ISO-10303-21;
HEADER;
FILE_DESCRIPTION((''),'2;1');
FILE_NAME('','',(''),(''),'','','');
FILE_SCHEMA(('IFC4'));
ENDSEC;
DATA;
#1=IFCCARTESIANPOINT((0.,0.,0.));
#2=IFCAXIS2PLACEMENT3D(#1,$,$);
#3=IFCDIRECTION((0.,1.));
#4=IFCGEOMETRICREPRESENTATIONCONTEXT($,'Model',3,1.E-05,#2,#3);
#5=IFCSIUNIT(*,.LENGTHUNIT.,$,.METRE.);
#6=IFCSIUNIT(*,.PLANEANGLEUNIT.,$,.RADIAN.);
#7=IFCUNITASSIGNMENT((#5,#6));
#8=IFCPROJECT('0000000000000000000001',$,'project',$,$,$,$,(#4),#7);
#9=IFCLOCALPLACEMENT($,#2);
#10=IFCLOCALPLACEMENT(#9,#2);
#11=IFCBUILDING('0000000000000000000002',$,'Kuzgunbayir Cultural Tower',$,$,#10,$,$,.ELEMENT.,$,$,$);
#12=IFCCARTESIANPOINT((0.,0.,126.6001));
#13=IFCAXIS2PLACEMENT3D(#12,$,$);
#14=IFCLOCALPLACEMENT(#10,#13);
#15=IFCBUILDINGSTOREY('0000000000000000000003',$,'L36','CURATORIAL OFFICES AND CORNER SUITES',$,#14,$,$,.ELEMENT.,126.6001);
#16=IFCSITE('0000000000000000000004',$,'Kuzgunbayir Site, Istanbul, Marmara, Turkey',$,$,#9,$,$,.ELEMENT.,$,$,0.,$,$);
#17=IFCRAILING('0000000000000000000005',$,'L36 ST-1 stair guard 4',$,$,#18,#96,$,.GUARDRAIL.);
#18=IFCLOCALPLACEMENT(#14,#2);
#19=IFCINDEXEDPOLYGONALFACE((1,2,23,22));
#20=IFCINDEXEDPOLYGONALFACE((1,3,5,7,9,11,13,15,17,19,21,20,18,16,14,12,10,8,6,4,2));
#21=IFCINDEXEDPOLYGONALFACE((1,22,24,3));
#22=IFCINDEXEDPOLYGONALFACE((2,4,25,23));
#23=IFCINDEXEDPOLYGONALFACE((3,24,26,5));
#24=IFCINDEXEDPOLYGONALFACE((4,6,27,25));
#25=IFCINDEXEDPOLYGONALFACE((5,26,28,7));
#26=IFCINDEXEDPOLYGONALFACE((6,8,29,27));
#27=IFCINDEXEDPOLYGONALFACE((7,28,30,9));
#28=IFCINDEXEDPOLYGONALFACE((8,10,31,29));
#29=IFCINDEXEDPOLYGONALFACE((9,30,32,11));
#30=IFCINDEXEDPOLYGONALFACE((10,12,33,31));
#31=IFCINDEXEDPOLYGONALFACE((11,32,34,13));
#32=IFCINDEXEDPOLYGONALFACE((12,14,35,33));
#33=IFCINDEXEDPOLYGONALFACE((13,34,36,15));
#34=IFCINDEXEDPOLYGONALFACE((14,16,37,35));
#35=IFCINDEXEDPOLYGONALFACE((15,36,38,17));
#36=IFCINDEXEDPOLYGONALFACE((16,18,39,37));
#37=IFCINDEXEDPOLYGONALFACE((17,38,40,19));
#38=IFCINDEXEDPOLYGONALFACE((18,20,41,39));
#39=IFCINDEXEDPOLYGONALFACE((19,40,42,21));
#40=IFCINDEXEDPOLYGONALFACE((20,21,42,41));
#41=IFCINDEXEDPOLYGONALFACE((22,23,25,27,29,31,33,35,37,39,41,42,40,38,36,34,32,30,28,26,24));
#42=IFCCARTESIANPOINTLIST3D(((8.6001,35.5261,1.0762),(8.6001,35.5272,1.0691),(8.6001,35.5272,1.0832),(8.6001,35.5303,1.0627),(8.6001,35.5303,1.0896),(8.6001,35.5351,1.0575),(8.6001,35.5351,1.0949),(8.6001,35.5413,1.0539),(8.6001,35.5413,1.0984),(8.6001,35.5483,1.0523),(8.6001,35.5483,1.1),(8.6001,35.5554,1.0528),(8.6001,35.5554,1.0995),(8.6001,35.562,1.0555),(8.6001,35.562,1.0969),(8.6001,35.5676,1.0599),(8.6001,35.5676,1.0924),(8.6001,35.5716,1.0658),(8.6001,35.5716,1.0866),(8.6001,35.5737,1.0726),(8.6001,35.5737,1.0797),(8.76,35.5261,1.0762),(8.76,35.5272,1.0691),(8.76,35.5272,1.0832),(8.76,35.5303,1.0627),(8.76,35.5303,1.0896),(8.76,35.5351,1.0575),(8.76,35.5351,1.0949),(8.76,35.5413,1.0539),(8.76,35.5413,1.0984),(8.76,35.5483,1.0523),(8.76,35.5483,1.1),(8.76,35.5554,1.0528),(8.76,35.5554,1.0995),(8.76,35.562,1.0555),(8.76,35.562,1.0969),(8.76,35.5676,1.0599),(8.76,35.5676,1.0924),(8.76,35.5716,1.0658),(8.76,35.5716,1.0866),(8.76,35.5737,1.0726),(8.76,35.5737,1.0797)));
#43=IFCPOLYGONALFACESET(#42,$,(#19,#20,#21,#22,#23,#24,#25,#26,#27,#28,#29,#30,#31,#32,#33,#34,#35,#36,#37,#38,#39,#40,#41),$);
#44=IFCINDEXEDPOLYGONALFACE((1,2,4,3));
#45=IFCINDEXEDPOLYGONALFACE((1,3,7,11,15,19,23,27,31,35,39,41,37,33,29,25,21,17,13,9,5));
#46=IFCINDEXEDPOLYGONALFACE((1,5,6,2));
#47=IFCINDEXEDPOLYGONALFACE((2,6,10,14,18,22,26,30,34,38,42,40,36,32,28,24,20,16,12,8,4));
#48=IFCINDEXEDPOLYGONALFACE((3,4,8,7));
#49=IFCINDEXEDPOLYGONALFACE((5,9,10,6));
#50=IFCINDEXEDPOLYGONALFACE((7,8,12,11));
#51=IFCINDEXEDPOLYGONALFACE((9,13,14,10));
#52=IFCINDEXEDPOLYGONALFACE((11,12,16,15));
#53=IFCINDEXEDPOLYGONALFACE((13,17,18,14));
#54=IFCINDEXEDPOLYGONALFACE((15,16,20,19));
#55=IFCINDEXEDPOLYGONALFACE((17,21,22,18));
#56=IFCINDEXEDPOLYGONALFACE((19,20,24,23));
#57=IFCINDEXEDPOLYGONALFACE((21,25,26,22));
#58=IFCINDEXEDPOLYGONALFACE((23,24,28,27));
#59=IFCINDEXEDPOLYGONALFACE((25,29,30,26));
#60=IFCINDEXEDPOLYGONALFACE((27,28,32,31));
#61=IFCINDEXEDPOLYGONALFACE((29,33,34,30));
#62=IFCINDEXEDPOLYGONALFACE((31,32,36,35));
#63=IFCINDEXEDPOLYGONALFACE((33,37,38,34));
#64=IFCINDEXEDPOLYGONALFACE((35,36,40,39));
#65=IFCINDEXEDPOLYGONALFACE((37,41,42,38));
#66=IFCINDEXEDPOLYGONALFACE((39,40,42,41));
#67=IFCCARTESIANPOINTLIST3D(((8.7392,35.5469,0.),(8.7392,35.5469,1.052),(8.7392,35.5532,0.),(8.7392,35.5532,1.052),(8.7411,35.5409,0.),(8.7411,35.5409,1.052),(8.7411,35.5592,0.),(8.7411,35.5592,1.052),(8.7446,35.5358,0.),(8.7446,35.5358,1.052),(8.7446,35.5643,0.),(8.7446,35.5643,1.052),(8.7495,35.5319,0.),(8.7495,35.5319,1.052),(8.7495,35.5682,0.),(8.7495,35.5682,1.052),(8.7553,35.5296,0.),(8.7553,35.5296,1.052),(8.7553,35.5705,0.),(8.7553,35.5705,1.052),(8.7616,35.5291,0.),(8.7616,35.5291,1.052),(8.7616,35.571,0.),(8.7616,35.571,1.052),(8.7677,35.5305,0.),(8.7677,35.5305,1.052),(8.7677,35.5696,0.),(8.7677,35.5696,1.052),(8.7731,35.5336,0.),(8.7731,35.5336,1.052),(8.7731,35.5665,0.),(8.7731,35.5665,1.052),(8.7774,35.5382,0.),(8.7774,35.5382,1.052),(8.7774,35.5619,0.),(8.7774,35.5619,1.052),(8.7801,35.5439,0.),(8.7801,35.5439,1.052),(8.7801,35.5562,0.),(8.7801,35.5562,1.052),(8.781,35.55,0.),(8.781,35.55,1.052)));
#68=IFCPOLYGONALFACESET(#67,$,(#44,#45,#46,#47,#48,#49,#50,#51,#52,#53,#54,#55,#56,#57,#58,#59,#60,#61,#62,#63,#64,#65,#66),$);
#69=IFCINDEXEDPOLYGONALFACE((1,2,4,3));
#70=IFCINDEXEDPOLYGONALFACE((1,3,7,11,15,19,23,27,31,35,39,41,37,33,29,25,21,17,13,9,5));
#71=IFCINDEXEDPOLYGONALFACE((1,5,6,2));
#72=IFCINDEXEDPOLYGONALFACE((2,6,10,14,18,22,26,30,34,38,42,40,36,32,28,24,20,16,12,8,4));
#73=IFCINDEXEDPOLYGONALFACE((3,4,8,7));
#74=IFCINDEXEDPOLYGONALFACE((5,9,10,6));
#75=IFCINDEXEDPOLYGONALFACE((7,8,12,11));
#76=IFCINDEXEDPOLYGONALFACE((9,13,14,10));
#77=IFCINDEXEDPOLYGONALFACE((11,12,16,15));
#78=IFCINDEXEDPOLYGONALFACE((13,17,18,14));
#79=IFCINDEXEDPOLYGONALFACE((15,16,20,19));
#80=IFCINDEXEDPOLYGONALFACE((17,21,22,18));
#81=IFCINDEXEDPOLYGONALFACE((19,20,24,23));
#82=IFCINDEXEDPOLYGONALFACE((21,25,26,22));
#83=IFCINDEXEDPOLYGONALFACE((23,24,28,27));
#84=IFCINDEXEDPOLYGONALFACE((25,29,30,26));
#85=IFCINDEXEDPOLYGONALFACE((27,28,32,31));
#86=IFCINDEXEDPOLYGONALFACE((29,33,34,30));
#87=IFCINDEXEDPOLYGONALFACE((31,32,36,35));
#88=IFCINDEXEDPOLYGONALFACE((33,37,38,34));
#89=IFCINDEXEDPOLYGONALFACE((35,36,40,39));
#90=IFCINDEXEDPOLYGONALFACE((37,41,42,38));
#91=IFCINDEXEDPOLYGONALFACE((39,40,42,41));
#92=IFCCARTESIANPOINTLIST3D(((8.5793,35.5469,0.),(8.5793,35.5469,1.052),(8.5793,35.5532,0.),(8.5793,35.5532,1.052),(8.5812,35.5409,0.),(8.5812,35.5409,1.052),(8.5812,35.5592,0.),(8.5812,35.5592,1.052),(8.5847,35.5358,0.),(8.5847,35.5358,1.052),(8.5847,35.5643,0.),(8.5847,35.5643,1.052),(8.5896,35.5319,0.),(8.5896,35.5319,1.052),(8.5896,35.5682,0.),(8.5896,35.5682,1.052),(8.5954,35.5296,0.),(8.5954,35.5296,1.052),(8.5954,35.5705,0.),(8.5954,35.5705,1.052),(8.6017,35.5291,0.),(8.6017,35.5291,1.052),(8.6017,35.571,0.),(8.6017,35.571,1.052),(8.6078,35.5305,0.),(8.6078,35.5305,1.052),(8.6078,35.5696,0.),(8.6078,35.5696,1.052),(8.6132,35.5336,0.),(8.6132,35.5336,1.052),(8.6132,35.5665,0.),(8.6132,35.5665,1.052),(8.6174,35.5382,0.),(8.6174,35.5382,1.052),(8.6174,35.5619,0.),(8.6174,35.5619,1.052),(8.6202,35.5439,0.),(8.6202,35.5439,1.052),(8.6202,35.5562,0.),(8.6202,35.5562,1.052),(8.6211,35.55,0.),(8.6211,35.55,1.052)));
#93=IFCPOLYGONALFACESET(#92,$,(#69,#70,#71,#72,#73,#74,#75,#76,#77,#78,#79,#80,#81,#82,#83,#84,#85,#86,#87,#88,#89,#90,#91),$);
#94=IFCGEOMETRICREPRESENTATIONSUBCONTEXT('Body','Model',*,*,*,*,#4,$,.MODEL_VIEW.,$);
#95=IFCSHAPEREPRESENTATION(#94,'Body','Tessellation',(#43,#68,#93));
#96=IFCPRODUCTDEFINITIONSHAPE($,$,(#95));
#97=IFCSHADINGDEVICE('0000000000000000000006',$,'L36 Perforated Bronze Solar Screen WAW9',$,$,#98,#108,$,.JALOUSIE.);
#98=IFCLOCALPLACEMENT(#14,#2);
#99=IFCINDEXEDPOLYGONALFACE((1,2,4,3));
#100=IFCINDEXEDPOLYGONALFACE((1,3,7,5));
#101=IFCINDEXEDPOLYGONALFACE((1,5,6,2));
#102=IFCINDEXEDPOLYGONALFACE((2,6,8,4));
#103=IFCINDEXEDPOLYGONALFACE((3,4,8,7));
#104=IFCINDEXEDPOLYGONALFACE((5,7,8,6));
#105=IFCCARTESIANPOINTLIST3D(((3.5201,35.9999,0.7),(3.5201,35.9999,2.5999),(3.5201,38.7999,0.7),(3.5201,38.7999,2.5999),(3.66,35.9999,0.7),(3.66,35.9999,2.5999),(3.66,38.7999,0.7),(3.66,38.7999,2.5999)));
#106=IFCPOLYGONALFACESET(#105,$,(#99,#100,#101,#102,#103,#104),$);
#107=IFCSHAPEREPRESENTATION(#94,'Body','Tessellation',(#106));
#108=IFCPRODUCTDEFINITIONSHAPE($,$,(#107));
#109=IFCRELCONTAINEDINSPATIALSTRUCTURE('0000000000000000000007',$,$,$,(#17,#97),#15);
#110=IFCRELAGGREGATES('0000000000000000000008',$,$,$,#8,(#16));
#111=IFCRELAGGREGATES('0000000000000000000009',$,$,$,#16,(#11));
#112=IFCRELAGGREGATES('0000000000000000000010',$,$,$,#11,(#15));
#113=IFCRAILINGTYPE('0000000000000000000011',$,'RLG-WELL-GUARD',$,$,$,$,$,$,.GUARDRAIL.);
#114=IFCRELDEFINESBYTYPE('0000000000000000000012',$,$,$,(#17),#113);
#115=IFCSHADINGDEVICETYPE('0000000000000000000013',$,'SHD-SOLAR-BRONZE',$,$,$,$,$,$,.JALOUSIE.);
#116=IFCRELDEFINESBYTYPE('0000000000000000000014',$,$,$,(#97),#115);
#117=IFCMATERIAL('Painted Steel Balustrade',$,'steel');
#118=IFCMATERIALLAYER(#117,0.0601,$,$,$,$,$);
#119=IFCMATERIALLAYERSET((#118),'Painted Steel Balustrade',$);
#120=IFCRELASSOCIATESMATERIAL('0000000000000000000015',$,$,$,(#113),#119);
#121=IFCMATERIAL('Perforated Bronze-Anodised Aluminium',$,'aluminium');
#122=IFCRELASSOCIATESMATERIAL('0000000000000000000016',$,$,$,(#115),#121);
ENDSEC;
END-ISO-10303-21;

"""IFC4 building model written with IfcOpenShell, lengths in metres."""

from ifc_helpers import new_model, si_unit, direction, frame, origin, origin_2d, place, context, subcontext, project, spatial, rectangle, circle, extrude, material, layer, layer_set, type_object, element, save


model = new_model("IFC4")

# Units and contexts
model_context = context("Model", 3, precision=1e-05, world=origin(), true_north=direction((0.0, 1.0)))
body_context = subcontext(model_context, "Body", "Model", "MODEL_VIEW")
ifc_project = project(units=[si_unit("LENGTHUNIT", "METRE"), si_unit("PLANEANGLEUNIT", "RADIAN")], contexts=[model_context])

# Site, building, storey
site_placement = place(None, origin())
site = spatial("IfcSite", under=ifc_project, at=site_placement, Name="Kuzgunbayir Site, Istanbul, Marmara, Turkey", CompositionType="ELEMENT", RefElevation=0.0)
building_placement = place(site_placement, origin())
building = spatial("IfcBuilding", under=site, at=building_placement, Name="Kuzgunbayir Cultural Tower", CompositionType="ELEMENT")
storey_placement = place(building_placement, frame((0.0, 0.0, 126.6001)))
storey = spatial("IfcBuildingStorey", under=building, at=storey_placement, Name="L36", Description="CURATORIAL OFFICES AND CORNER SUITES", CompositionType="ELEMENT", Elevation=126.6001)

# Shared definitions
ifc_material_1 = material(Name="Perforated Bronze-Anodised Aluminium", Category="aluminium")

# Railing
ifc_material_2 = material(Name="Painted Steel Balustrade", Category="steel")
ifc_layer_1 = layer(ifc_material_2, 0.0601)
ifc_layer_set_1 = layer_set([ifc_layer_1], Name="Painted Steel Balustrade")
railing_type_1 = type_object("IfcRailingType", Name="RLG-WELL-GUARD", PredefinedType="GUARDRAIL", material=ifc_layer_set_1)
railing_1_placement = place(storey_placement, frame((8.76, 35.55, 0.0)))
element("IfcRailing", 1, at=railing_1_placement, inside=storey, type_object=railing_type_1, Name="L36 ST-1 stair guard 4", PredefinedType="GUARDRAIL", context=body_context, shape_type="SweptSolid", body=[
    extrude(circle(Radius=0.0239, at=origin_2d()), frame((0.0, 0.0, 1.0762), z_axis=(-1.0, 0.0, 0.0), x_axis=(0.0, -1.0, 0.0)), (0.0, 0.0, 1.0), 0.1599),
    extrude(circle(Radius=0.021, at=origin_2d()), origin(), (0.0, 0.0, 1.0), 1.052),
    extrude(circle(Radius=0.021, at=origin_2d()), frame((-0.1599, 0.0, 0.0)), (0.0, 0.0, 1.0), 1.052),
])

# Shading device
shading_device_type = type_object("IfcShadingDeviceType", Name="SHD-SOLAR-BRONZE", PredefinedType="JALOUSIE", material=ifc_material_1)
shading_device_placement = place(storey_placement, frame((3.5901, 37.3999, 0.7), z_axis=(0.0, 0.0, 1.0), x_axis=(1.0, 0.0, 0.0)))
element("IfcShadingDevice", 2, at=shading_device_placement, inside=storey, type_object=shading_device_type, Name="L36 Perforated Bronze Solar Screen WAW9", PredefinedType="JALOUSIE", context=body_context, shape_type="SweptSolid", body=[
    extrude(rectangle(XDim=0.1399, YDim=2.8, at=origin_2d()), origin(), (0.0, 0.0, 1.0), 1.8999),
])

save(model, "model.ifc")
